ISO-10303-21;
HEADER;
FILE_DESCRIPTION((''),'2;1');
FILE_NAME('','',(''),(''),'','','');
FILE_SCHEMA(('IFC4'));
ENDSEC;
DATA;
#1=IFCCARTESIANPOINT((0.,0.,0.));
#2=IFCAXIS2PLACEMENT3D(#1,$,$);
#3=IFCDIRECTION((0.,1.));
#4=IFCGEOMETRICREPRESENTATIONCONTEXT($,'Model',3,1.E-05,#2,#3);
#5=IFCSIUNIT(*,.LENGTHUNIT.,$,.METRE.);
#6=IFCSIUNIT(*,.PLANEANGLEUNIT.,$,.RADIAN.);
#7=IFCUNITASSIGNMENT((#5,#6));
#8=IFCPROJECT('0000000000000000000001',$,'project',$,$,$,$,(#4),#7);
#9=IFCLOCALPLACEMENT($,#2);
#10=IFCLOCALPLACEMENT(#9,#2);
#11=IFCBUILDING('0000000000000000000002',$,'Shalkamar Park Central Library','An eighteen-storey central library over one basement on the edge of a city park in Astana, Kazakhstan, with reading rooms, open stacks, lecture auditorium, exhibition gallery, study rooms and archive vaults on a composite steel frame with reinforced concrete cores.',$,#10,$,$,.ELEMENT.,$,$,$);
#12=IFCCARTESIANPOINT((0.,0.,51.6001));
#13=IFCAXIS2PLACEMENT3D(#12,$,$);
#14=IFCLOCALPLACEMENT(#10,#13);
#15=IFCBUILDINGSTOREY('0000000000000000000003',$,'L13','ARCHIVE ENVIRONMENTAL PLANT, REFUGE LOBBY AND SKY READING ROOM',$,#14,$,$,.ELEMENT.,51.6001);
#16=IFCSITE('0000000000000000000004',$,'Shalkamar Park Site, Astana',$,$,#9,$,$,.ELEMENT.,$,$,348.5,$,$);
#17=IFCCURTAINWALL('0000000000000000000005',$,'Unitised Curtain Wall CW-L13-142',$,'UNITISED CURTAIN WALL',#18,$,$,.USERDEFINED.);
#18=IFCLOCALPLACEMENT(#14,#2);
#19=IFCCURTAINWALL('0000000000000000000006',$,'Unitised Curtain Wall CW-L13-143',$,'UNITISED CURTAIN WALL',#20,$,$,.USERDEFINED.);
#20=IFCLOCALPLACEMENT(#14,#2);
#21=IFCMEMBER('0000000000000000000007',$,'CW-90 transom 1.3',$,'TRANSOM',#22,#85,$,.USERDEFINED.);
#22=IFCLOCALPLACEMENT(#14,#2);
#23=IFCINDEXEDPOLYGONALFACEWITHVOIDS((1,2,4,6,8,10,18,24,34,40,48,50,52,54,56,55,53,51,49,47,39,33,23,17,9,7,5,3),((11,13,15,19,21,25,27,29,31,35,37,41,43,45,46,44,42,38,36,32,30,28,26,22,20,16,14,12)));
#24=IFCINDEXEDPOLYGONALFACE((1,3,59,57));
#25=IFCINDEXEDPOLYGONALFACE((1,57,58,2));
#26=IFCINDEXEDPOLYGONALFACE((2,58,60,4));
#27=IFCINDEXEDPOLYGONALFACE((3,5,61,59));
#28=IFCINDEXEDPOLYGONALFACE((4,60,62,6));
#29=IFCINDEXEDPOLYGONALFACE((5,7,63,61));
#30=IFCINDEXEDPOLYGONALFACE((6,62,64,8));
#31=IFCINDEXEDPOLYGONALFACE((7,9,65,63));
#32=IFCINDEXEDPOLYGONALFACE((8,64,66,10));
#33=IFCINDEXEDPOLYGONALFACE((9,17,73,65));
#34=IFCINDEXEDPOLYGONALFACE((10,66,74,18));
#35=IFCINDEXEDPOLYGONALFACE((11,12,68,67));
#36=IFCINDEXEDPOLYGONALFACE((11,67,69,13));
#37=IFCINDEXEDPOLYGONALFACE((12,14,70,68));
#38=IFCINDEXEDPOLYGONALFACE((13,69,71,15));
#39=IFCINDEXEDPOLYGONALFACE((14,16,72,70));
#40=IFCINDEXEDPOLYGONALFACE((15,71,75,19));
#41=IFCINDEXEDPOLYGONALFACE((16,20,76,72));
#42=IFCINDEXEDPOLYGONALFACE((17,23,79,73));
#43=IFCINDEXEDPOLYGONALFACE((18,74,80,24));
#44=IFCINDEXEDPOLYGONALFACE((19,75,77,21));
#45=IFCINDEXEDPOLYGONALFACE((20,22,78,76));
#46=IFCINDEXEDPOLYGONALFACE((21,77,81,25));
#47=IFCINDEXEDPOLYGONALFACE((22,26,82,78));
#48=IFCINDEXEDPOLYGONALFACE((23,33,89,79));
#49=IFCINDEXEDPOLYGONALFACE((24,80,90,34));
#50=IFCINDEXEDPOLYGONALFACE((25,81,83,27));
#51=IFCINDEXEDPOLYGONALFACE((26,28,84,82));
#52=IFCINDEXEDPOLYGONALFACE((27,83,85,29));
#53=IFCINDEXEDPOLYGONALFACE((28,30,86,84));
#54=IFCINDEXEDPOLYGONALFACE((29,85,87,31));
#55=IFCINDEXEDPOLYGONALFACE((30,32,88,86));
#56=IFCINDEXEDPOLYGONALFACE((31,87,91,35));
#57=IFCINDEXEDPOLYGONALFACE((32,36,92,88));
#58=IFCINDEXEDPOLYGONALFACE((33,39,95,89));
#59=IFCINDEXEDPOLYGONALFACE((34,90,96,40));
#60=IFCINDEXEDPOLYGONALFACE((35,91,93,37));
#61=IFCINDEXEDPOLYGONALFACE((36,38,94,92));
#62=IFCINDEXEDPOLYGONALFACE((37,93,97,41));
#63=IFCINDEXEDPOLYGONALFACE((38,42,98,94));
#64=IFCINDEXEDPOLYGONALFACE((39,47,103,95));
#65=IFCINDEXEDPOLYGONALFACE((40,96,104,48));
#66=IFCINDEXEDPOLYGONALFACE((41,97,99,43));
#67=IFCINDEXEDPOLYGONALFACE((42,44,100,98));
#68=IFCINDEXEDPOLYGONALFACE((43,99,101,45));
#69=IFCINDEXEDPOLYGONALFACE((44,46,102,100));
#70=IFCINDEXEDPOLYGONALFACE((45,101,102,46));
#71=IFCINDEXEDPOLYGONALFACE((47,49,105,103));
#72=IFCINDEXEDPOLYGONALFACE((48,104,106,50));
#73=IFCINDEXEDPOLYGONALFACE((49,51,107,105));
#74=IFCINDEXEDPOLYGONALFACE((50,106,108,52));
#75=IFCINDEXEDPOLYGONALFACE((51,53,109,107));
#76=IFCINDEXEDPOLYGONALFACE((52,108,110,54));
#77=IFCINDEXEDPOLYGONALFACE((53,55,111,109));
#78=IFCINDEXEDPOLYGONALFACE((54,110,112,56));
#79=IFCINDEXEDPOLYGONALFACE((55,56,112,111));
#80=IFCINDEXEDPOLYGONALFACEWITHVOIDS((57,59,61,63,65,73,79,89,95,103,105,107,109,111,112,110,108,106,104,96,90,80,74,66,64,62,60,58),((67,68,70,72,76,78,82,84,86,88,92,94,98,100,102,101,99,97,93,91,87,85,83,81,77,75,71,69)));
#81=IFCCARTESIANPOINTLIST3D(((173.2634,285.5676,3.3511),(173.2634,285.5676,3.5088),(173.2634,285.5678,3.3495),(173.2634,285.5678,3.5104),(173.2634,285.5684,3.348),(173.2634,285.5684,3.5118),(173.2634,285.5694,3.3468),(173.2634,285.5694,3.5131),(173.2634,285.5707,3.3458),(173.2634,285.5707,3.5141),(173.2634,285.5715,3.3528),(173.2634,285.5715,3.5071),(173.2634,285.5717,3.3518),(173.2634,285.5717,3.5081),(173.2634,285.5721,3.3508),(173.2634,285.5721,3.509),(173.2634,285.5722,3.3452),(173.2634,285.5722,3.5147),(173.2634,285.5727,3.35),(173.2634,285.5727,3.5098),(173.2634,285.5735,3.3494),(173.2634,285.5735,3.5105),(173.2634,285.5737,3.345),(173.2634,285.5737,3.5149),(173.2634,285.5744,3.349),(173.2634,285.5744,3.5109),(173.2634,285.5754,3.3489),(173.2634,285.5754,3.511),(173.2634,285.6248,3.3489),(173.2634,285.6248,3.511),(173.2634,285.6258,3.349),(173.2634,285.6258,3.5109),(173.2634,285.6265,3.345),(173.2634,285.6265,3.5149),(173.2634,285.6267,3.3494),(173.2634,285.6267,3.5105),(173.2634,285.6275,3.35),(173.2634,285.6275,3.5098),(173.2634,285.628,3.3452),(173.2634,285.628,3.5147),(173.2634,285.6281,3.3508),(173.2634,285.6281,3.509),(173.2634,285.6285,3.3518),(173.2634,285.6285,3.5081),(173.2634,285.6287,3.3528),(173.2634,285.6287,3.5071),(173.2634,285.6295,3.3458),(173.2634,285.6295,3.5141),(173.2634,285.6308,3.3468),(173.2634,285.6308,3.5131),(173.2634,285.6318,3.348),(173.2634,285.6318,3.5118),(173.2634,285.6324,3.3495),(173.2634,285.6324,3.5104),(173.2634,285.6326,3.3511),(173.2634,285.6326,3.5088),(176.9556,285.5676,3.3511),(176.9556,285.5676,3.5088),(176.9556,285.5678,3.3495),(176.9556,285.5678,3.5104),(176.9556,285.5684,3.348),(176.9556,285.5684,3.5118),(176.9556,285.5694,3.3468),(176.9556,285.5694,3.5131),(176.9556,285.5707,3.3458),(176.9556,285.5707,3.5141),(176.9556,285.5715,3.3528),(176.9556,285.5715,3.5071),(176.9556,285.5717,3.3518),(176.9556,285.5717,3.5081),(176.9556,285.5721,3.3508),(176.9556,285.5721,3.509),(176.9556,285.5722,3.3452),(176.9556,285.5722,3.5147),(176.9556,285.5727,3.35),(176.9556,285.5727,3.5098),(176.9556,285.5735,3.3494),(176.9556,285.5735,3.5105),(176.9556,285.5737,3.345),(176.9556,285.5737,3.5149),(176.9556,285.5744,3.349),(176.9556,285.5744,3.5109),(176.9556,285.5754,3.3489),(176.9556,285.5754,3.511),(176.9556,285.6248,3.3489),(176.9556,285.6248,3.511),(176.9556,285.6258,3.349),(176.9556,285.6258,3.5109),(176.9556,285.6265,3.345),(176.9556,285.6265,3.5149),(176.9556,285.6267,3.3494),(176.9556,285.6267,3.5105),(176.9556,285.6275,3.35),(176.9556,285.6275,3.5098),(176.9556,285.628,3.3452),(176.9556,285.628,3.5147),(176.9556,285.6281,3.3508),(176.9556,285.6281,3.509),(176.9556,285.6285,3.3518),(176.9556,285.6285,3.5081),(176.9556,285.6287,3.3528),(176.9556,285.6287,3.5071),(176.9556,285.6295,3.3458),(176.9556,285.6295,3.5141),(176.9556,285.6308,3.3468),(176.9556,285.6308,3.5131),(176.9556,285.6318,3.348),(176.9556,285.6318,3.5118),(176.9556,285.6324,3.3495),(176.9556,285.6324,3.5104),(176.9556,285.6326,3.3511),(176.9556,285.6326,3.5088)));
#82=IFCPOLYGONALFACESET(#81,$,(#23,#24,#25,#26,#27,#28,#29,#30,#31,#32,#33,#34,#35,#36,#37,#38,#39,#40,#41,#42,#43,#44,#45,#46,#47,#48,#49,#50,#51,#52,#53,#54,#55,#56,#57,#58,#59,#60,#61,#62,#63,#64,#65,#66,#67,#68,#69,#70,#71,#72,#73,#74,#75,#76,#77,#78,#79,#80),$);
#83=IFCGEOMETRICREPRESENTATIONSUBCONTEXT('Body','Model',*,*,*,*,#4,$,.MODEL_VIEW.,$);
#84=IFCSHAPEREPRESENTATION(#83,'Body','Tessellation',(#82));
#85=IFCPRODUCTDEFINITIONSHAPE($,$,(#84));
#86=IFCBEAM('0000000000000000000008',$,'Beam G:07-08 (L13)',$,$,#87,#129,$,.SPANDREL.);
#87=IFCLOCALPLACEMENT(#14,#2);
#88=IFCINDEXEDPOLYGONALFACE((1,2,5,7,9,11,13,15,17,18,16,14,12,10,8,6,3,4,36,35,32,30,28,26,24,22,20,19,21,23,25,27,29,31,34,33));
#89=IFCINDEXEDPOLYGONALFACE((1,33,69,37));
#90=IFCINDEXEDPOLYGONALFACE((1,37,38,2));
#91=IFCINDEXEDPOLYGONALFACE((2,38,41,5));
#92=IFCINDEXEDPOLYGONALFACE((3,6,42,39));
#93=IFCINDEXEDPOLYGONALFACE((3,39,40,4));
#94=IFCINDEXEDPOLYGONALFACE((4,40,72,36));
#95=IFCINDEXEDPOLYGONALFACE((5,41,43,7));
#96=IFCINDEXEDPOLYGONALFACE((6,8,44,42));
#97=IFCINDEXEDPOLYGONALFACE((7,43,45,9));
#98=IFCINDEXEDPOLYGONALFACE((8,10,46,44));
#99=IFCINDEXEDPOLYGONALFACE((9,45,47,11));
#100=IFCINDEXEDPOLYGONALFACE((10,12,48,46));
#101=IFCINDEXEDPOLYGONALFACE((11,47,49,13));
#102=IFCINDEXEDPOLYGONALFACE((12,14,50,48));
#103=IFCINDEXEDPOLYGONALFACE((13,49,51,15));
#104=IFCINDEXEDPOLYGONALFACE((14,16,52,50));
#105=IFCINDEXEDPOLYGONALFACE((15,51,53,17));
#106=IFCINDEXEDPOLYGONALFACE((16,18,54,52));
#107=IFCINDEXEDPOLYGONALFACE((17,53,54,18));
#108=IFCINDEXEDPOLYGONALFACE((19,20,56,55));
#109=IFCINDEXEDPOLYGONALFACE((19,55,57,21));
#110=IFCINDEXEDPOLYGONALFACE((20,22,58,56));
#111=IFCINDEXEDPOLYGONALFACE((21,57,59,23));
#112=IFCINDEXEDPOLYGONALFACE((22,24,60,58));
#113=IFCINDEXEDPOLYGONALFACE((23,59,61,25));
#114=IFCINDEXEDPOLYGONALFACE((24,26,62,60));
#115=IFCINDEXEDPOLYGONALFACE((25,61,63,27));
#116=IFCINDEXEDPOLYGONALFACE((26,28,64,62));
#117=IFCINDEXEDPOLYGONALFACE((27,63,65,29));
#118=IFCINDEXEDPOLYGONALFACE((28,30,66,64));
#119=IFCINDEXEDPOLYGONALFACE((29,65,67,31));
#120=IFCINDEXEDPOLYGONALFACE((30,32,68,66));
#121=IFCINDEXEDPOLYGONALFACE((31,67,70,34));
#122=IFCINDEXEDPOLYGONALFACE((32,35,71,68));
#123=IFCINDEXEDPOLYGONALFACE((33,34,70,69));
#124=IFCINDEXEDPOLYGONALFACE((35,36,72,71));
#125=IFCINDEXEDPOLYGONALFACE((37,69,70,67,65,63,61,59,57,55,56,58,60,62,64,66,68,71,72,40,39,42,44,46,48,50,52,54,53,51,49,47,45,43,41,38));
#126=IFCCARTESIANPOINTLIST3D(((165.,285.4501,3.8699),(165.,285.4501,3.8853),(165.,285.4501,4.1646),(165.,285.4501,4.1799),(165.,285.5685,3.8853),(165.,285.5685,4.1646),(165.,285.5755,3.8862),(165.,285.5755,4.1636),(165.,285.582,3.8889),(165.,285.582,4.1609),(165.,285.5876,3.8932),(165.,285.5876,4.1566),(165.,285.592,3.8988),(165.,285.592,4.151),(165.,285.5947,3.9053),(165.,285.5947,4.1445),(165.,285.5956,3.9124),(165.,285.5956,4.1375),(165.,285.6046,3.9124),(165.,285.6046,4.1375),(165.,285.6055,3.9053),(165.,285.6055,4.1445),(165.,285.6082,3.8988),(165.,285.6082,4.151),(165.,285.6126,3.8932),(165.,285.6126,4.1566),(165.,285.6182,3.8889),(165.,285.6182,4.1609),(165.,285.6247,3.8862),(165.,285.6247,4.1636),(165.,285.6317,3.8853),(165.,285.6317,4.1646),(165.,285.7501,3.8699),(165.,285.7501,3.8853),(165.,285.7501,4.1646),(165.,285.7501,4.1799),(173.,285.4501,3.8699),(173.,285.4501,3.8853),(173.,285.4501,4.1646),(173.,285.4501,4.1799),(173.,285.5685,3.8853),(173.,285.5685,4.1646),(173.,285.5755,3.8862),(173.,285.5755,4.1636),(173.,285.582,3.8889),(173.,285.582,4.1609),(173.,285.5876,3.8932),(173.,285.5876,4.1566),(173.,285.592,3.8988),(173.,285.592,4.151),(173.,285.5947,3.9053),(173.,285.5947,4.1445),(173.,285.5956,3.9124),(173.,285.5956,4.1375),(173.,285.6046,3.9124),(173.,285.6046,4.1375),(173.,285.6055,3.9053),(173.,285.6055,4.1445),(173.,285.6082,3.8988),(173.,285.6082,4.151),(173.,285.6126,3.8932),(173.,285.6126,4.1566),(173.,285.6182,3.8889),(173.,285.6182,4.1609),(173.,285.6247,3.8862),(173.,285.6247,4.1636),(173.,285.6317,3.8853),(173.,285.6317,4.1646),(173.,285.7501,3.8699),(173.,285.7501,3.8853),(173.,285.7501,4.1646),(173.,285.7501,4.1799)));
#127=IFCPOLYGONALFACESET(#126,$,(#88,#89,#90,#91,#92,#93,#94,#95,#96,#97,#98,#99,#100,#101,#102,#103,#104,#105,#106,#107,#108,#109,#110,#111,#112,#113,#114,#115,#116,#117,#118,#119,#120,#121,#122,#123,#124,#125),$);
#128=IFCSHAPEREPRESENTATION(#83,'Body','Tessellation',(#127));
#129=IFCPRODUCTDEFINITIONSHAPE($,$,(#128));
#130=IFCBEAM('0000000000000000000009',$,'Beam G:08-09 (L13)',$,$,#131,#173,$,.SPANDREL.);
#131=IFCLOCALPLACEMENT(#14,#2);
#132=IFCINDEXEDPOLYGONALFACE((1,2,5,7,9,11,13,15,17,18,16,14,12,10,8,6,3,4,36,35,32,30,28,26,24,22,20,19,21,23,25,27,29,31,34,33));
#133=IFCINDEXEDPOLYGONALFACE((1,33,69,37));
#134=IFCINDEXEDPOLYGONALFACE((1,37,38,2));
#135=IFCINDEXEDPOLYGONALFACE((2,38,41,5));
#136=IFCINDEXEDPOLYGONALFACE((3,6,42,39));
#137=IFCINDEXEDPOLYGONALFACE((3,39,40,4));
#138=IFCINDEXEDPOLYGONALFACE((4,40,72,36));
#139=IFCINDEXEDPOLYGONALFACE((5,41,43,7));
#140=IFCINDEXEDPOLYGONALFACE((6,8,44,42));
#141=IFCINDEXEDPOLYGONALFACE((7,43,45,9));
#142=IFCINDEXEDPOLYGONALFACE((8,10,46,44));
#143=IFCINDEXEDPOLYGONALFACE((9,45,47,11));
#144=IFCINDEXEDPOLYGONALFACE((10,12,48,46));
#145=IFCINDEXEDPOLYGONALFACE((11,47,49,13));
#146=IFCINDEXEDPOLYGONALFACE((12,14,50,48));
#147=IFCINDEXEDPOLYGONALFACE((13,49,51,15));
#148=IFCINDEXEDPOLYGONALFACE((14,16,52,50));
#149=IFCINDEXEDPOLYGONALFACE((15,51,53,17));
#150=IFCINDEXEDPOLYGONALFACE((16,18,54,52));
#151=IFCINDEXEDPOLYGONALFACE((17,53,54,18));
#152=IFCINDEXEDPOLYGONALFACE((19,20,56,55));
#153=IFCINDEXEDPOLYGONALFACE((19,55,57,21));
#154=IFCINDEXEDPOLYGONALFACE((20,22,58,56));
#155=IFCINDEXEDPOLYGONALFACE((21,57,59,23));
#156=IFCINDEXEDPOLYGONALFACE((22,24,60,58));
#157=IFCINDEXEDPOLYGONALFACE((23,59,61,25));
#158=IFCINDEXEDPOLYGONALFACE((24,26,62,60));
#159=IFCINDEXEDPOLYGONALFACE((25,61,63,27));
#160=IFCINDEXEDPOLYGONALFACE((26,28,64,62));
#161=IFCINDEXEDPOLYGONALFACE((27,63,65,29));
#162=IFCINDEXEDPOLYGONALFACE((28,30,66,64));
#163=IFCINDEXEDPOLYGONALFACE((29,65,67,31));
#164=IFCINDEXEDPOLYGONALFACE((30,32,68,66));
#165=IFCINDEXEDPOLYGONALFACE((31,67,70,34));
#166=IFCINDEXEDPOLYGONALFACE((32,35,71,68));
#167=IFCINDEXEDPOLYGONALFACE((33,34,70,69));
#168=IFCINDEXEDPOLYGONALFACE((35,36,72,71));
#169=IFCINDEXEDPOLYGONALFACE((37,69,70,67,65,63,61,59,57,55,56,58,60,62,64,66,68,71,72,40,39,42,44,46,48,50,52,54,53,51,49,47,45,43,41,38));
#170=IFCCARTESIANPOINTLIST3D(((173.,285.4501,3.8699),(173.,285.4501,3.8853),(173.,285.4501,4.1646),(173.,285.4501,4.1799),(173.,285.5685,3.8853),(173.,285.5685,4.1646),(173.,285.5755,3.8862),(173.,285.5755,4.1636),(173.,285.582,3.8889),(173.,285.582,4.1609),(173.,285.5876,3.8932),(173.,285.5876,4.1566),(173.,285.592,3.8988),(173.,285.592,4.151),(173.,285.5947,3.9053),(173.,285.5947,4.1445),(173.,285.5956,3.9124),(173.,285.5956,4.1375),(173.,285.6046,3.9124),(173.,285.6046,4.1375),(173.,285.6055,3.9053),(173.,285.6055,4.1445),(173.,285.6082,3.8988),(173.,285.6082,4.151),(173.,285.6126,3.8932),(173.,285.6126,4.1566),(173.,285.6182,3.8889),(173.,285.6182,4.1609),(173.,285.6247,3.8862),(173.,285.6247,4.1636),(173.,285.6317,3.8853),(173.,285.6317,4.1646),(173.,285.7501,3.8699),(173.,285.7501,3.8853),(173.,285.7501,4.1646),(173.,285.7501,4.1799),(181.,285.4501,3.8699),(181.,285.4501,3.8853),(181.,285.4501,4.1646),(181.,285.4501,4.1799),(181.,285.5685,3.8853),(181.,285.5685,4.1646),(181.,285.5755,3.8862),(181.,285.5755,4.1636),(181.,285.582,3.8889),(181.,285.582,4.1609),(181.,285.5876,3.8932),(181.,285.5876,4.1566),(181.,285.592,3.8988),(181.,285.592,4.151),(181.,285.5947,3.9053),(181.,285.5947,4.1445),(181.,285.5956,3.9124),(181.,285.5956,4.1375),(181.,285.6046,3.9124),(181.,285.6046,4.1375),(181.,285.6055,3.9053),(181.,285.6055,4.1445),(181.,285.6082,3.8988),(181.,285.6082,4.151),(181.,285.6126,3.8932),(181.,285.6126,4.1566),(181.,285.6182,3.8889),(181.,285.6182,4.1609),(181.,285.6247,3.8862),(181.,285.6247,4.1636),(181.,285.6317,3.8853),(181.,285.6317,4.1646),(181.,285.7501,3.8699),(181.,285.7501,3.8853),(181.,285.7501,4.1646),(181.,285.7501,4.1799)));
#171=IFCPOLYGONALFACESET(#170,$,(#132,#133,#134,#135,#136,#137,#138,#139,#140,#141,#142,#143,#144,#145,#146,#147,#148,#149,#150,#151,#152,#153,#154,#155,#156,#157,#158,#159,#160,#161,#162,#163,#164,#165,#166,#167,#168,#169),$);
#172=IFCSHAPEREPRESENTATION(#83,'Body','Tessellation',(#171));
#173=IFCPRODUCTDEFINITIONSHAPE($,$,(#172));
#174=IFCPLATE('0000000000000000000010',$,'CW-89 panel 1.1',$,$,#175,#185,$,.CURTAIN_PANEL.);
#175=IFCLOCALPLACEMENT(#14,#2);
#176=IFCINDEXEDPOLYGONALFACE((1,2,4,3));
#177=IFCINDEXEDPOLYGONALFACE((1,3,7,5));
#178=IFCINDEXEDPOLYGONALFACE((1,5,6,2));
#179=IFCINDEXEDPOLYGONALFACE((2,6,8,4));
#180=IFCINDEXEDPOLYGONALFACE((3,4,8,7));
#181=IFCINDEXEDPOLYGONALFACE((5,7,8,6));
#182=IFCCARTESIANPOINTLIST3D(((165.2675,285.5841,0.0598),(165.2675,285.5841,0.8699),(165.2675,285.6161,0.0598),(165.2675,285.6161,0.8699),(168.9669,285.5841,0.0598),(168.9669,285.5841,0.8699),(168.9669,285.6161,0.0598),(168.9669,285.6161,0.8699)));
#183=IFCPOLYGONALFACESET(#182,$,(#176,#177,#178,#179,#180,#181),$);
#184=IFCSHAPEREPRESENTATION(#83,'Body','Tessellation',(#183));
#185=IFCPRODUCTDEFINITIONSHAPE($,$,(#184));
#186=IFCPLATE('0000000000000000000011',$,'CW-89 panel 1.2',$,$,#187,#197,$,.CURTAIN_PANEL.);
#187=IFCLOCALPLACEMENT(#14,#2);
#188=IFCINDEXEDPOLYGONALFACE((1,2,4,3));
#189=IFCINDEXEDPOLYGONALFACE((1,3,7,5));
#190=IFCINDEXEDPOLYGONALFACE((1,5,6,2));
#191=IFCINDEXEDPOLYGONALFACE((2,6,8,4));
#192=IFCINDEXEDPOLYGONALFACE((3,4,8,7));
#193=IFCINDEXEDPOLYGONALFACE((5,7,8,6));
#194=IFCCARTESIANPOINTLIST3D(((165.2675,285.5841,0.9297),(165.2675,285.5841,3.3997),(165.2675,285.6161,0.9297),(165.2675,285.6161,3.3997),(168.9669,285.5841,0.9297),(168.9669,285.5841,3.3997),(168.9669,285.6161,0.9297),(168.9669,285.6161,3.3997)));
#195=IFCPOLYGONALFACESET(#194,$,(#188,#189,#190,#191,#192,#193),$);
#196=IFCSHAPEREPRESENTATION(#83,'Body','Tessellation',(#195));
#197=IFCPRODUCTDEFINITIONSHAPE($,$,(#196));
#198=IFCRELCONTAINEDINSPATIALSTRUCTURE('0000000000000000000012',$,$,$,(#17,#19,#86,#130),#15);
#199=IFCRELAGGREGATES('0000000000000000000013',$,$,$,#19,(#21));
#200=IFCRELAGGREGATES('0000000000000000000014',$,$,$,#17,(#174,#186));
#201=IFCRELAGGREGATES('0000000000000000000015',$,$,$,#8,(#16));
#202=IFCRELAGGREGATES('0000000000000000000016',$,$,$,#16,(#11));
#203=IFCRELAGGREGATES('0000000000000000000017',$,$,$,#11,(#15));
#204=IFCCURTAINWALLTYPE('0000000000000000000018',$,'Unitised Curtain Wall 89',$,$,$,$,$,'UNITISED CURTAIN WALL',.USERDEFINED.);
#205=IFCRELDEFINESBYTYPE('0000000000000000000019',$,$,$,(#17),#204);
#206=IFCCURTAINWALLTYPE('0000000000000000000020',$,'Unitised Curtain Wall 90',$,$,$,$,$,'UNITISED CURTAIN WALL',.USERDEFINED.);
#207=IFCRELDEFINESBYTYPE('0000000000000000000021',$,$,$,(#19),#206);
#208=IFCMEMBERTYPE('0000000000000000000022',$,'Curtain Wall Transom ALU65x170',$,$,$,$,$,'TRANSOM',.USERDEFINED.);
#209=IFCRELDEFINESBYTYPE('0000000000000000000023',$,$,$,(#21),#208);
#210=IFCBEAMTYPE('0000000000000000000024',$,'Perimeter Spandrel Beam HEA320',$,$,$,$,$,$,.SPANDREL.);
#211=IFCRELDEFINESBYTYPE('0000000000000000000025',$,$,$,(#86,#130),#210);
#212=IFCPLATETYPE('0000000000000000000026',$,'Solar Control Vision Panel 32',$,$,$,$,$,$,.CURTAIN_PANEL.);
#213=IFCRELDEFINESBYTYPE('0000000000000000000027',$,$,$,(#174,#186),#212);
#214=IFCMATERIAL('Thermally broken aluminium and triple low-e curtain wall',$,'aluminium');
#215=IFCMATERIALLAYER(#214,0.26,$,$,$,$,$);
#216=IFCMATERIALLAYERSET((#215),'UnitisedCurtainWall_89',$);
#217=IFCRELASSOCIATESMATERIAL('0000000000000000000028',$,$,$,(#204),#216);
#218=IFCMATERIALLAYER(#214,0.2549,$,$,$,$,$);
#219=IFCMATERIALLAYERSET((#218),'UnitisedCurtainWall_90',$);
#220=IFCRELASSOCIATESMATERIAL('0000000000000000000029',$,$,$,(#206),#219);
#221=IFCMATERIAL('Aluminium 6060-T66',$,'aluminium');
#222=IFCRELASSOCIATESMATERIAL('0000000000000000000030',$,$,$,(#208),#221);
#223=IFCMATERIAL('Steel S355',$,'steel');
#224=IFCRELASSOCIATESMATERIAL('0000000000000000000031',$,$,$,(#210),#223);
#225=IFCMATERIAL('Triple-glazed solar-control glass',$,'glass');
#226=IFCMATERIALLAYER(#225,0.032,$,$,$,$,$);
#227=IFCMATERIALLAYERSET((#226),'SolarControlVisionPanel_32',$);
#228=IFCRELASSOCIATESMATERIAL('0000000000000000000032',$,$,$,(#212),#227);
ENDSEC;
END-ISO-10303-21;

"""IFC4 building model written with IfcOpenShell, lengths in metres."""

from ifc_helpers import new_model, si_unit, direction, frame, origin, origin_2d, place, context, subcontext, project, spatial, rectangle, hollow_rectangle, i_section, extrude, material, layer, layer_set, material_profile, profile_set, type_object, element, aggregate, save


model = new_model("IFC4")

# Units and contexts
model_context = context("Model", 3, precision=1e-05, world=origin(), true_north=direction((0.0, 1.0)))
body_context = subcontext(model_context, "Body", "Model", "MODEL_VIEW")
ifc_project = project(units=[si_unit("LENGTHUNIT", "METRE"), si_unit("PLANEANGLEUNIT", "RADIAN")], contexts=[model_context])

# Site, building, storey
site_placement = place(None, origin())
site = spatial("IfcSite", under=ifc_project, at=site_placement, Name="Shalkamar Park Site, Astana", CompositionType="ELEMENT", RefElevation=348.5)
building_placement = place(site_placement, origin())
building = spatial("IfcBuilding", under=site, at=building_placement, Name="Shalkamar Park Central Library", Description="An eighteen-storey central library over one basement on the edge of a city park in Astana, Kazakhstan, with reading rooms, open stacks, lecture auditorium, exhibition gallery, study rooms and archive vaults on a composite steel frame with reinforced concrete cores.", CompositionType="ELEMENT")
storey_placement = place(building_placement, frame((0.0, 0.0, 51.6001)))
storey = spatial("IfcBuildingStorey", under=building, at=storey_placement, Name="L13", Description="ARCHIVE ENVIRONMENTAL PLANT, REFUGE LOBBY AND SKY READING ROOM", CompositionType="ELEMENT", Elevation=51.6001)

# Shared definitions
ifc_material_1 = material(Name="Steel S355", Category="steel")

# Curtain wall
ifc_material_2 = material(Name="Thermally broken aluminium and triple low-e curtain wall", Category="aluminium")
ifc_layer_1 = layer(ifc_material_2, 0.26)
ifc_layer_set_1 = layer_set([ifc_layer_1], Name="UnitisedCurtainWall_89")
curtain_wall_type_1 = type_object("IfcCurtainWallType", Name="Unitised Curtain Wall 89", ElementType="UNITISED CURTAIN WALL", PredefinedType="USERDEFINED", material=ifc_layer_set_1)
curtain_wall_1_placement = place(storey_placement, origin())
curtain_wall_1 = element("IfcCurtainWall", 1, at=curtain_wall_1_placement, inside=storey, type_object=curtain_wall_type_1, Name="Unitised Curtain Wall CW-L13-142", ObjectType="UNITISED CURTAIN WALL", PredefinedType="USERDEFINED")
ifc_material_3 = material(Name="Aluminium 6060-T66", Category="aluminium")

# Curtain wall
ifc_layer_2 = layer(ifc_material_2, 0.2549)
ifc_layer_set_2 = layer_set([ifc_layer_2], Name="UnitisedCurtainWall_90")
curtain_wall_type_2 = type_object("IfcCurtainWallType", Name="Unitised Curtain Wall 90", ElementType="UNITISED CURTAIN WALL", PredefinedType="USERDEFINED", material=ifc_layer_set_2)
curtain_wall_2_placement = place(storey_placement, origin())
curtain_wall_2 = element("IfcCurtainWall", 2, at=curtain_wall_2_placement, inside=storey, type_object=curtain_wall_type_2, Name="Unitised Curtain Wall CW-L13-143", ObjectType="UNITISED CURTAIN WALL", PredefinedType="USERDEFINED")

# Member
ifc_material_profile_1 = material_profile(ifc_material_3, hollow_rectangle(XDim=0.0649, YDim=0.1699, WallThickness=0.0039, InnerFilletRadius=0.0039, OuterFilletRadius=0.0061, at=origin_2d()), Name="ALU 65x170x4")
ifc_profile_set_1 = profile_set([ifc_material_profile_1], Name="Aluminium 6060-T66")
member_type_1 = type_object("IfcMemberType", Name="Curtain Wall Transom ALU65x170", ElementType="TRANSOM", PredefinedType="USERDEFINED", material=ifc_profile_set_1)
member_1_placement = place(storey_placement, frame((173.2634, 285.6001, 3.4299), z_axis=(1.0, 0.0, 0.0), x_axis=(0.0, 1.0, 0.0)))
member_1 = element("IfcMember", 3, at=member_1_placement, type_object=member_type_1, Name="CW-90 transom 1.3", ObjectType="TRANSOM", PredefinedType="USERDEFINED", context=body_context, shape_type="SweptSolid", body=[
    extrude(hollow_rectangle(XDim=0.0649, YDim=0.1699, WallThickness=0.0039, InnerFilletRadius=0.0039, OuterFilletRadius=0.0061, at=origin_2d()), origin(), (0.0, 0.0, 1.0), 3.6921),
])
aggregate(curtain_wall_2, [member_1])

# Beams
ifc_material_profile_2 = material_profile(ifc_material_1, i_section(OverallWidth=0.3, OverallDepth=0.3101, WebThickness=0.009, FlangeThickness=0.0154, FilletRadius=0.0271, at=origin_2d()), Name="HEA 320")
ifc_profile_set_2 = profile_set([ifc_material_profile_2], Name="Steel S355")
beam_type = type_object("IfcBeamType", Name="Perimeter Spandrel Beam HEA320", PredefinedType="SPANDREL", material=ifc_profile_set_2)
for number, where, z_axis, x_axis, name in (
    (4, (165.0, 285.6001, 4.0249), (1.0, 0.0, 0.0), (0.0, 1.0, 0.0), "Beam G:07-08 (L13)"),
    (5, (173.0, 285.6001, 4.0249), (1.0, 0.0, 0.0), (0.0, 1.0, 0.0), "Beam G:08-09 (L13)"),
):
    element("IfcBeam", number, at=place(storey_placement, frame(where, z_axis=z_axis, x_axis=x_axis)), inside=storey, type_object=beam_type, Name=name, PredefinedType="SPANDREL", context=body_context, shape_type="SweptSolid", body=[
        extrude(i_section(OverallWidth=0.3, OverallDepth=0.3101, WebThickness=0.009, FlangeThickness=0.0154, FilletRadius=0.0271, at=origin_2d()), origin(), (0.0, 0.0, 1.0), 8.0),
    ])

# Plates
ifc_material_4 = material(Name="Triple-glazed solar-control glass", Category="glass")
ifc_layer_3 = layer(ifc_material_4, 0.032)
ifc_layer_set_3 = layer_set([ifc_layer_3], Name="SolarControlVisionPanel_32")
plate_type = type_object("IfcPlateType", Name="Solar Control Vision Panel 32", PredefinedType="CURTAIN_PANEL", material=ifc_layer_set_3)
plate_1_placement = place(storey_placement, frame((167.1172, 285.6001, 0.0598), z_axis=(0.0, 0.0, 1.0), x_axis=(1.0, 0.0, 0.0)))
plate_1 = element("IfcPlate", 6, at=plate_1_placement, type_object=plate_type, Name="CW-89 panel 1.1", PredefinedType="CURTAIN_PANEL", context=body_context, shape_type="SweptSolid", body=[
    extrude(rectangle(XDim=3.6995, YDim=0.032, at=origin_2d()), origin(), (0.0, 0.0, 1.0), 0.8101),
])
plate_2_placement = place(storey_placement, frame((167.1172, 285.6001, 0.9297), z_axis=(0.0, 0.0, 1.0), x_axis=(1.0, 0.0, 0.0)))
plate_2 = element("IfcPlate", 7, at=plate_2_placement, type_object=plate_type, Name="CW-89 panel 1.2", PredefinedType="CURTAIN_PANEL", context=body_context, shape_type="SweptSolid", body=[
    extrude(rectangle(XDim=3.6995, YDim=0.032, at=origin_2d()), origin(), (0.0, 0.0, 1.0), 2.47),
])
aggregate(curtain_wall_1, [plate_1, plate_2])

save(model, "model.ifc")
